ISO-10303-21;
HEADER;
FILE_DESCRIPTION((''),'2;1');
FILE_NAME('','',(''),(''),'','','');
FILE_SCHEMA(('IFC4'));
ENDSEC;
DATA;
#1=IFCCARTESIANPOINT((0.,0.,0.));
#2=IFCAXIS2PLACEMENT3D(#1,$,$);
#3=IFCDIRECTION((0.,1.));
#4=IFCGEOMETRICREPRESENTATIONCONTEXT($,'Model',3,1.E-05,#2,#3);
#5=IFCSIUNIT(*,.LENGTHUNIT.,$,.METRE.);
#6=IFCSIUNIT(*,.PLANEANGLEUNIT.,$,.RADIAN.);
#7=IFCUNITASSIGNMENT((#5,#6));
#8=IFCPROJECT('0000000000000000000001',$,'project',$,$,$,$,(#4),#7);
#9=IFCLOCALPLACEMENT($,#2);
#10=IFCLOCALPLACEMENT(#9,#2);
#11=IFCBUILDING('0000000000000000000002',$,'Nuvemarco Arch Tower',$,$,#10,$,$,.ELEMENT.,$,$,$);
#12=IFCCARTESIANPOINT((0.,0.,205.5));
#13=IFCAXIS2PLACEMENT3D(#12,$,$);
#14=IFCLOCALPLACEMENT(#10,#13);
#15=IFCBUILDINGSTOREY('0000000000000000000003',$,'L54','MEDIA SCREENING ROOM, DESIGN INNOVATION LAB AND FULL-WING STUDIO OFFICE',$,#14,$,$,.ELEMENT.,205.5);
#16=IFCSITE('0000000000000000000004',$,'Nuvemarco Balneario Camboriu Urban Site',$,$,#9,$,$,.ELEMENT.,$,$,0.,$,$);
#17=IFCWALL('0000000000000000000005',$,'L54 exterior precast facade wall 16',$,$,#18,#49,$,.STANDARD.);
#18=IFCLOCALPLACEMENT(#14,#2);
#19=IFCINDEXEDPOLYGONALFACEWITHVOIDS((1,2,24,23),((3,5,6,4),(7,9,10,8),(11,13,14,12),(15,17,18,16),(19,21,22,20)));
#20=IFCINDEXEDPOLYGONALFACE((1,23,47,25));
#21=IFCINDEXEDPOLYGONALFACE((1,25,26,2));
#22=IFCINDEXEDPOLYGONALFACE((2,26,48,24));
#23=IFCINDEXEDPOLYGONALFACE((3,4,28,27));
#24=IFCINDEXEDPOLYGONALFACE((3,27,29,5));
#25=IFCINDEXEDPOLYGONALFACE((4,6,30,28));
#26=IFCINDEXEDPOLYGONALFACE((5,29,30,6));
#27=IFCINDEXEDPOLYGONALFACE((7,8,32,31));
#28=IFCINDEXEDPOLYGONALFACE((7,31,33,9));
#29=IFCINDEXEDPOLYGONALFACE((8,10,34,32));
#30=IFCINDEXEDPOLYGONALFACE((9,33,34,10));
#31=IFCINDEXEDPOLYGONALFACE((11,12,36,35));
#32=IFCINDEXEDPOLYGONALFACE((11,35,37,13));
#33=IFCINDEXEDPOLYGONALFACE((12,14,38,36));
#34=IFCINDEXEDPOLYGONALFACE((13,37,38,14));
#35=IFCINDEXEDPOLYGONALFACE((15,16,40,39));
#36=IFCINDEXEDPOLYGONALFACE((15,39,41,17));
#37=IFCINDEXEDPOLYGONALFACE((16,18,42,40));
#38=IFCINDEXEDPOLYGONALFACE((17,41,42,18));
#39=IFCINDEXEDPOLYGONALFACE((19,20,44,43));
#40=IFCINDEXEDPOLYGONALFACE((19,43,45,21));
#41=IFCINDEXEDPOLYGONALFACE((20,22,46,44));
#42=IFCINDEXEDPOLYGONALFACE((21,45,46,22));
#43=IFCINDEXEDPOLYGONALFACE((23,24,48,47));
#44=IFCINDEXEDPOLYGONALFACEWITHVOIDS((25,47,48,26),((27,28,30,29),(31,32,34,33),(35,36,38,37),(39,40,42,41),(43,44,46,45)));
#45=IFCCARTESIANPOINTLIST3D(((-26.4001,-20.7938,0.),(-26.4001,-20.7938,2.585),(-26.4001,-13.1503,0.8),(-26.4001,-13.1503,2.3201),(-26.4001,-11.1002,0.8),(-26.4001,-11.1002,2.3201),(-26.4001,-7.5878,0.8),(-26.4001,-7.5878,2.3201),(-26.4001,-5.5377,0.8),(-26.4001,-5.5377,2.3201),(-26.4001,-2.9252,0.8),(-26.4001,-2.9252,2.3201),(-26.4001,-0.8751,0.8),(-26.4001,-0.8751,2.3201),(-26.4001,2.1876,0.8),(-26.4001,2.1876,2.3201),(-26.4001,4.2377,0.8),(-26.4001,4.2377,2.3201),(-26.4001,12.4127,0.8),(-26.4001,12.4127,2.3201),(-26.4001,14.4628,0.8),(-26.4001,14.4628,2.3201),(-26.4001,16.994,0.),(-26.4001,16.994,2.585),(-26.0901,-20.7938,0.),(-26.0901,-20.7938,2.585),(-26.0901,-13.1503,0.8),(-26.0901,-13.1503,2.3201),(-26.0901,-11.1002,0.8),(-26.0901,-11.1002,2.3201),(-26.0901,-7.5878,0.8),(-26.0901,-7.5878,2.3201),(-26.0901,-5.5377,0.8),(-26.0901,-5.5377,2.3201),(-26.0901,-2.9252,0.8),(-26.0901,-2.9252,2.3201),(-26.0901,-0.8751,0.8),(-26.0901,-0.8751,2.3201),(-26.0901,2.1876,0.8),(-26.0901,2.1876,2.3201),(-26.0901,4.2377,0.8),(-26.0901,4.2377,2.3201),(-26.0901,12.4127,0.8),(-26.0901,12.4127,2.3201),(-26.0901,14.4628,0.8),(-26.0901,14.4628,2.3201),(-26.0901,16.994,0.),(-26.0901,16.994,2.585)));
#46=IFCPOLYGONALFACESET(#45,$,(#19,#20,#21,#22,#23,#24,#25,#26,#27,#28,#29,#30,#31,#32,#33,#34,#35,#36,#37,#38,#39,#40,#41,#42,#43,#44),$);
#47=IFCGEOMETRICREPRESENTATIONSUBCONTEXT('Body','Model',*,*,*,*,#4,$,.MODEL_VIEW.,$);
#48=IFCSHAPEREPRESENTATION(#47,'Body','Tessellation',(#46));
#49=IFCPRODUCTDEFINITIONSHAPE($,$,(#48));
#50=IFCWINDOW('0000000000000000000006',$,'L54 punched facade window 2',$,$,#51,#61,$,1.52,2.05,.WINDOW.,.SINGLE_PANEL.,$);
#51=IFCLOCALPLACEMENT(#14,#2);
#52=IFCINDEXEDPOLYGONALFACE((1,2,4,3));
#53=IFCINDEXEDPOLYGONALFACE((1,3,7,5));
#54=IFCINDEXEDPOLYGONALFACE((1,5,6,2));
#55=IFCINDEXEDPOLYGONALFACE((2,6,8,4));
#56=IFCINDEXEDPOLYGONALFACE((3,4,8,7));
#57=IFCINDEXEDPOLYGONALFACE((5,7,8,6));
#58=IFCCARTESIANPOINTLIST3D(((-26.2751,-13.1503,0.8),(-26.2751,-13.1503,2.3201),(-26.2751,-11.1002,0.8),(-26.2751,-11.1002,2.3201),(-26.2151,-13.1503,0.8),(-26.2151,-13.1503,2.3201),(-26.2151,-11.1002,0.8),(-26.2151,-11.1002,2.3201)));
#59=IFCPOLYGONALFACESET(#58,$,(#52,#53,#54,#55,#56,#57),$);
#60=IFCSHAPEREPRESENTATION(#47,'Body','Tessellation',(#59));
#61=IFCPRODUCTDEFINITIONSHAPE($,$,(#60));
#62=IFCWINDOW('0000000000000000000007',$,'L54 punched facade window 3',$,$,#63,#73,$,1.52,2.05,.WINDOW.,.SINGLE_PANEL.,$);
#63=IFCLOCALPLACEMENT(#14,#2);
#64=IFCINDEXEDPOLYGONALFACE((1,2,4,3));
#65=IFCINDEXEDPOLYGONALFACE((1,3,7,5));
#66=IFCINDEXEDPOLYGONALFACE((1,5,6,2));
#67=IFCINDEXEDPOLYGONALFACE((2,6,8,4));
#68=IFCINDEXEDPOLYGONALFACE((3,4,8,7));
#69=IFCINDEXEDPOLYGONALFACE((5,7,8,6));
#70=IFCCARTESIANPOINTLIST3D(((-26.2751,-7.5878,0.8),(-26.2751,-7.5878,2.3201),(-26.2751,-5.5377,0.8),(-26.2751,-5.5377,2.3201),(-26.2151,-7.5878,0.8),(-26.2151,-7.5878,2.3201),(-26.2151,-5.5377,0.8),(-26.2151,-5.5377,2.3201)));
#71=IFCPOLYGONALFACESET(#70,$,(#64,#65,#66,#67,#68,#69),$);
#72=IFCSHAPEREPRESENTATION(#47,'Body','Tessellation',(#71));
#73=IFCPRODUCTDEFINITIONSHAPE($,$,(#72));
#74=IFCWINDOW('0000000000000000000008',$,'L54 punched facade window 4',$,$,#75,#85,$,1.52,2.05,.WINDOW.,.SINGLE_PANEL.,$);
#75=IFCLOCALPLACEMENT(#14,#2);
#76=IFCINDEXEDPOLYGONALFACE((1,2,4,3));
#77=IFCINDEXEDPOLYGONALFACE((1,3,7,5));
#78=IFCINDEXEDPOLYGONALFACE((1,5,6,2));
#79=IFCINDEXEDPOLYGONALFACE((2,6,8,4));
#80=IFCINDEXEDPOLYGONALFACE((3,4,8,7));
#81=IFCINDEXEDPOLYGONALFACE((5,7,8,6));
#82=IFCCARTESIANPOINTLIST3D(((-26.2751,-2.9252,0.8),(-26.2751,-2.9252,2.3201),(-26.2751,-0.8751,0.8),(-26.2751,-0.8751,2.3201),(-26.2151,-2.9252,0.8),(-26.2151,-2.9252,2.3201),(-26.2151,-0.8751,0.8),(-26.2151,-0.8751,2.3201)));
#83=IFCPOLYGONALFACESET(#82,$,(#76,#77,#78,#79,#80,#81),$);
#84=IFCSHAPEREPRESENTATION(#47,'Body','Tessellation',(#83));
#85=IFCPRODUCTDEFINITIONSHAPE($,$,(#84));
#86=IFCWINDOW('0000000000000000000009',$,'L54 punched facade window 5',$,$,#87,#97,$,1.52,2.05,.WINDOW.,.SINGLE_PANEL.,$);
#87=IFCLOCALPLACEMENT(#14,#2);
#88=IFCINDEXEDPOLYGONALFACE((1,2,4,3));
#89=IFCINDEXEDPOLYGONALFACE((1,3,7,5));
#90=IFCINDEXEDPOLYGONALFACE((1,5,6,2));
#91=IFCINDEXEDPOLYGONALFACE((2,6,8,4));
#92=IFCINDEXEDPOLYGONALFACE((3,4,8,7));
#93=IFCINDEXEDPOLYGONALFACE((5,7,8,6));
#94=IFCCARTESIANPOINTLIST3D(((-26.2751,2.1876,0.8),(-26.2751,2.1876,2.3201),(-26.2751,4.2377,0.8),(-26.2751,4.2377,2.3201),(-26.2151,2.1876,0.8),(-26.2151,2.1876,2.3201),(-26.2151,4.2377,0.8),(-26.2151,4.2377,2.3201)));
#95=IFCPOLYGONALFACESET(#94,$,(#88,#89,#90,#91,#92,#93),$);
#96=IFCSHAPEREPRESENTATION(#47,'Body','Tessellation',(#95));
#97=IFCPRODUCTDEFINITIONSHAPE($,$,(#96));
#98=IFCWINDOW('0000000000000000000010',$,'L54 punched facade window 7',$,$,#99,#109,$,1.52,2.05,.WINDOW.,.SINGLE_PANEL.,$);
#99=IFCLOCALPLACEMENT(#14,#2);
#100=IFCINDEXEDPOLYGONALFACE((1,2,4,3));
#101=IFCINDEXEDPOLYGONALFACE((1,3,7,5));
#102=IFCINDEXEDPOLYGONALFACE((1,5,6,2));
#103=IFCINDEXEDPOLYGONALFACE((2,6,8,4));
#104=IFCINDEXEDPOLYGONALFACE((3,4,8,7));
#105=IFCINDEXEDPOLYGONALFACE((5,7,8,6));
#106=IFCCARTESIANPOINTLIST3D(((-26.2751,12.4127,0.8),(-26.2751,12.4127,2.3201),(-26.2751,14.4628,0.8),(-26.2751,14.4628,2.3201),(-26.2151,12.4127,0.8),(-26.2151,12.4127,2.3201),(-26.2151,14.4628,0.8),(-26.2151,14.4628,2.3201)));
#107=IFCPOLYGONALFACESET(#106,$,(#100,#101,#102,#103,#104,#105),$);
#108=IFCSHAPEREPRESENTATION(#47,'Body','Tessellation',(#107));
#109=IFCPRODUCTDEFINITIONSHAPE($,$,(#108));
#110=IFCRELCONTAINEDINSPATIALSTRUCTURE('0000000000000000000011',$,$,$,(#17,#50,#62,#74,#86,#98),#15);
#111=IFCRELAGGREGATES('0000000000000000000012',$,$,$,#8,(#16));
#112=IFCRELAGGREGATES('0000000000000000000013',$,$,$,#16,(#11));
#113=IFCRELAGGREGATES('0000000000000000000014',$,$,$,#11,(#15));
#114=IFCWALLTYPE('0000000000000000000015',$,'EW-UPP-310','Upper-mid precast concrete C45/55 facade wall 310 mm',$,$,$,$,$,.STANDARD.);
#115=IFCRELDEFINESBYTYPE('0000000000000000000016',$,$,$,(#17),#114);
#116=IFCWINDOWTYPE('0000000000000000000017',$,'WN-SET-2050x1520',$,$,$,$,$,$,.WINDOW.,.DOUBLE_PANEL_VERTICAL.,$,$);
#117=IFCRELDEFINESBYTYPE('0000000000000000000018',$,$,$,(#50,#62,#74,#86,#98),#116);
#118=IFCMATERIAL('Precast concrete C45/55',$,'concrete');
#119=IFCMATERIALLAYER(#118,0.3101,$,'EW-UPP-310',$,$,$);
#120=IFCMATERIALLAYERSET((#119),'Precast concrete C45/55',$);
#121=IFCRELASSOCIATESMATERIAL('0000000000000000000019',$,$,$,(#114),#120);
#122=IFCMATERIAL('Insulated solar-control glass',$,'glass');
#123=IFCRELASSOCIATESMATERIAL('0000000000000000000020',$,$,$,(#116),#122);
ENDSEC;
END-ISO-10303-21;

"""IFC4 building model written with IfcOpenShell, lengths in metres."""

from ifc_helpers import new_model, si_unit, direction, frame, frame_2d, origin, place, context, subcontext, project, spatial, rectangle, extrude, source, transform, mapped, material, layer, layer_set, type_object, type_shapes, element, fill, save


model = new_model("IFC4")

# Units and contexts
model_context = context("Model", 3, precision=1e-05, world=origin(), true_north=direction((0.0, 1.0)))
body_context = subcontext(model_context, "Body", "Model", "MODEL_VIEW")
ifc_project = project(units=[si_unit("LENGTHUNIT", "METRE"), si_unit("PLANEANGLEUNIT", "RADIAN")], contexts=[model_context])

# Site, building, storey
site_placement = place(None, origin())
site = spatial("IfcSite", under=ifc_project, at=site_placement, Name="Nuvemarco Balneario Camboriu Urban Site", CompositionType="ELEMENT", RefElevation=0.0)
building_placement = place(site_placement, origin())
building = spatial("IfcBuilding", under=site, at=building_placement, Name="Nuvemarco Arch Tower", CompositionType="ELEMENT")
storey_placement = place(building_placement, frame((0.0, 0.0, 205.5)))
storey = spatial("IfcBuildingStorey", under=building, at=storey_placement, Name="L54", Description="MEDIA SCREENING ROOM, DESIGN INNOVATION LAB AND FULL-WING STUDIO OFFICE", CompositionType="ELEMENT", Elevation=205.5)

# Shared definitions
ifc_material_1 = material(Name="Precast concrete C45/55", Category="concrete")

# Wall, openings, windows
ifc_layer_1 = layer(ifc_material_1, 0.3101, Name="EW-UPP-310")
ifc_layer_set_1 = layer_set([ifc_layer_1], Name="Precast concrete C45/55")
wall_type_1 = type_object("IfcWallType", Name="EW-UPP-310", Description="Upper-mid precast concrete C45/55 facade wall 310 mm", PredefinedType="STANDARD", material=ifc_layer_set_1)
wall_1_placement = place(storey_placement, frame((-26.2451, -20.7939, 0.0), z_axis=(0.0, 0.0, 1.0), x_axis=(0.0, 1.0, 0.0)))
wall_1 = element("IfcWall", 1, at=wall_1_placement, inside=storey, type_object=wall_type_1, Name="L54 exterior precast facade wall 16", PredefinedType="STANDARD", context=body_context, shape_type="SweptSolid", body=[
    extrude(rectangle(XDim=37.7878, YDim=0.3101, at=frame_2d((18.894, 0.0))), origin(), (0.0, 0.0, 1.0), 2.585),
])
opening_1_placement = place(wall_1_placement, frame((7.6438, 0.0, 0.8)))
opening_1 = element("IfcOpeningElement", 2, at=opening_1_placement, cuts=wall_1, PredefinedType="OPENING", context=body_context, shape_type="SweptSolid", body=[
    extrude(rectangle(XDim=2.05, YDim=1.52, at=frame_2d((1.0249, 0.76))), frame((0.0, 0.165, 0.0), z_axis=(0.0, -1.0, 0.0), x_axis=(1.0, 0.0, 0.0)), (0.0, 0.0, 1.0), 0.3301),
])
opening_2_placement = place(wall_1_placement, frame((13.2063, 0.0, 0.8)))
opening_2 = element("IfcOpeningElement", 3, at=opening_2_placement, cuts=wall_1, PredefinedType="OPENING", context=body_context, shape_type="SweptSolid", body=[
    extrude(rectangle(XDim=2.05, YDim=1.52, at=frame_2d((1.0249, 0.76))), frame((0.0, 0.165, 0.0), z_axis=(0.0, -1.0, 0.0), x_axis=(1.0, 0.0, 0.0)), (0.0, 0.0, 1.0), 0.3301),
])
opening_3_placement = place(wall_1_placement, frame((17.8689, 0.0, 0.8)))
opening_3 = element("IfcOpeningElement", 4, at=opening_3_placement, cuts=wall_1, PredefinedType="OPENING", context=body_context, shape_type="SweptSolid", body=[
    extrude(rectangle(XDim=2.05, YDim=1.52, at=frame_2d((1.0249, 0.76))), frame((0.0, 0.165, 0.0), z_axis=(0.0, -1.0, 0.0), x_axis=(1.0, 0.0, 0.0)), (0.0, 0.0, 1.0), 0.3301),
])
opening_4_placement = place(wall_1_placement, frame((22.9817, 0.0, 0.8)))
opening_4 = element("IfcOpeningElement", 5, at=opening_4_placement, cuts=wall_1, PredefinedType="OPENING", context=body_context, shape_type="SweptSolid", body=[
    extrude(rectangle(XDim=2.05, YDim=1.52, at=frame_2d((1.0249, 0.76))), frame((0.0, 0.165, 0.0), z_axis=(0.0, -1.0, 0.0), x_axis=(1.0, 0.0, 0.0)), (0.0, 0.0, 1.0), 0.3301),
])
opening_5_placement = place(wall_1_placement, frame((33.2068, 0.0, 0.8)))
opening_5 = element("IfcOpeningElement", 6, at=opening_5_placement, cuts=wall_1, PredefinedType="OPENING", context=body_context, shape_type="SweptSolid", body=[
    extrude(rectangle(XDim=2.05, YDim=1.52, at=frame_2d((1.0249, 0.76))), frame((0.0, 0.165, 0.0), z_axis=(0.0, -1.0, 0.0), x_axis=(1.0, 0.0, 0.0)), (0.0, 0.0, 1.0), 0.3301),
])
ifc_material_2 = material(Name="Insulated solar-control glass", Category="glass")
window_type = type_object("IfcWindowType", Name="WN-SET-2050x1520", PartitioningType="DOUBLE_PANEL_VERTICAL", PredefinedType="WINDOW", material=ifc_material_2)
shared_shape_1 = source(origin(), body_context, "Body", "SweptSolid", [
    extrude(rectangle(XDim=2.05, YDim=1.52, at=frame_2d((1.0249, 0.76))), frame((0.0, 0.03, 0.0), z_axis=(0.0, -1.0, 0.0), x_axis=(1.0, 0.0, 0.0)), (0.0, 0.0, 1.0), 0.0601),
])
type_shapes(window_type, [shared_shape_1])
window_1_placement = place(opening_1_placement, origin())
window_1 = element("IfcWindow", 7, at=window_1_placement, inside=storey, type_object=window_type, Name="L54 punched facade window 2", OverallHeight=1.52, OverallWidth=2.05, PartitioningType="SINGLE_PANEL", PredefinedType="WINDOW", context=body_context, shape_type="MappedRepresentation", body=[
    mapped(shared_shape_1, transform((0.0, 0.0, 0.0), scale=1.0)),
])
fill(opening_1, window_1)
window_2_placement = place(opening_2_placement, origin())
window_2 = element("IfcWindow", 8, at=window_2_placement, inside=storey, type_object=window_type, Name="L54 punched facade window 3", OverallHeight=1.52, OverallWidth=2.05, PartitioningType="SINGLE_PANEL", PredefinedType="WINDOW", context=body_context, shape_type="MappedRepresentation", body=[
    mapped(shared_shape_1, transform((0.0, 0.0, 0.0), scale=1.0)),
])
fill(opening_2, window_2)
window_3_placement = place(opening_3_placement, origin())
window_3 = element("IfcWindow", 9, at=window_3_placement, inside=storey, type_object=window_type, Name="L54 punched facade window 4", OverallHeight=1.52, OverallWidth=2.05, PartitioningType="SINGLE_PANEL", PredefinedType="WINDOW", context=body_context, shape_type="MappedRepresentation", body=[
    mapped(shared_shape_1, transform((0.0, 0.0, 0.0), scale=1.0)),
])
fill(opening_3, window_3)
window_4_placement = place(opening_4_placement, origin())
window_4 = element("IfcWindow", 10, at=window_4_placement, inside=storey, type_object=window_type, Name="L54 punched facade window 5", OverallHeight=1.52, OverallWidth=2.05, PartitioningType="SINGLE_PANEL", PredefinedType="WINDOW", context=body_context, shape_type="MappedRepresentation", body=[
    mapped(shared_shape_1, transform((0.0, 0.0, 0.0), scale=1.0)),
])
fill(opening_4, window_4)
window_5_placement = place(opening_5_placement, origin())
window_5 = element("IfcWindow", 11, at=window_5_placement, inside=storey, type_object=window_type, Name="L54 punched facade window 7", OverallHeight=1.52, OverallWidth=2.05, PartitioningType="SINGLE_PANEL", PredefinedType="WINDOW", context=body_context, shape_type="MappedRepresentation", body=[
    mapped(shared_shape_1, transform((0.0, 0.0, 0.0), scale=1.0)),
])
fill(opening_5, window_5)

save(model, "model.ifc")
